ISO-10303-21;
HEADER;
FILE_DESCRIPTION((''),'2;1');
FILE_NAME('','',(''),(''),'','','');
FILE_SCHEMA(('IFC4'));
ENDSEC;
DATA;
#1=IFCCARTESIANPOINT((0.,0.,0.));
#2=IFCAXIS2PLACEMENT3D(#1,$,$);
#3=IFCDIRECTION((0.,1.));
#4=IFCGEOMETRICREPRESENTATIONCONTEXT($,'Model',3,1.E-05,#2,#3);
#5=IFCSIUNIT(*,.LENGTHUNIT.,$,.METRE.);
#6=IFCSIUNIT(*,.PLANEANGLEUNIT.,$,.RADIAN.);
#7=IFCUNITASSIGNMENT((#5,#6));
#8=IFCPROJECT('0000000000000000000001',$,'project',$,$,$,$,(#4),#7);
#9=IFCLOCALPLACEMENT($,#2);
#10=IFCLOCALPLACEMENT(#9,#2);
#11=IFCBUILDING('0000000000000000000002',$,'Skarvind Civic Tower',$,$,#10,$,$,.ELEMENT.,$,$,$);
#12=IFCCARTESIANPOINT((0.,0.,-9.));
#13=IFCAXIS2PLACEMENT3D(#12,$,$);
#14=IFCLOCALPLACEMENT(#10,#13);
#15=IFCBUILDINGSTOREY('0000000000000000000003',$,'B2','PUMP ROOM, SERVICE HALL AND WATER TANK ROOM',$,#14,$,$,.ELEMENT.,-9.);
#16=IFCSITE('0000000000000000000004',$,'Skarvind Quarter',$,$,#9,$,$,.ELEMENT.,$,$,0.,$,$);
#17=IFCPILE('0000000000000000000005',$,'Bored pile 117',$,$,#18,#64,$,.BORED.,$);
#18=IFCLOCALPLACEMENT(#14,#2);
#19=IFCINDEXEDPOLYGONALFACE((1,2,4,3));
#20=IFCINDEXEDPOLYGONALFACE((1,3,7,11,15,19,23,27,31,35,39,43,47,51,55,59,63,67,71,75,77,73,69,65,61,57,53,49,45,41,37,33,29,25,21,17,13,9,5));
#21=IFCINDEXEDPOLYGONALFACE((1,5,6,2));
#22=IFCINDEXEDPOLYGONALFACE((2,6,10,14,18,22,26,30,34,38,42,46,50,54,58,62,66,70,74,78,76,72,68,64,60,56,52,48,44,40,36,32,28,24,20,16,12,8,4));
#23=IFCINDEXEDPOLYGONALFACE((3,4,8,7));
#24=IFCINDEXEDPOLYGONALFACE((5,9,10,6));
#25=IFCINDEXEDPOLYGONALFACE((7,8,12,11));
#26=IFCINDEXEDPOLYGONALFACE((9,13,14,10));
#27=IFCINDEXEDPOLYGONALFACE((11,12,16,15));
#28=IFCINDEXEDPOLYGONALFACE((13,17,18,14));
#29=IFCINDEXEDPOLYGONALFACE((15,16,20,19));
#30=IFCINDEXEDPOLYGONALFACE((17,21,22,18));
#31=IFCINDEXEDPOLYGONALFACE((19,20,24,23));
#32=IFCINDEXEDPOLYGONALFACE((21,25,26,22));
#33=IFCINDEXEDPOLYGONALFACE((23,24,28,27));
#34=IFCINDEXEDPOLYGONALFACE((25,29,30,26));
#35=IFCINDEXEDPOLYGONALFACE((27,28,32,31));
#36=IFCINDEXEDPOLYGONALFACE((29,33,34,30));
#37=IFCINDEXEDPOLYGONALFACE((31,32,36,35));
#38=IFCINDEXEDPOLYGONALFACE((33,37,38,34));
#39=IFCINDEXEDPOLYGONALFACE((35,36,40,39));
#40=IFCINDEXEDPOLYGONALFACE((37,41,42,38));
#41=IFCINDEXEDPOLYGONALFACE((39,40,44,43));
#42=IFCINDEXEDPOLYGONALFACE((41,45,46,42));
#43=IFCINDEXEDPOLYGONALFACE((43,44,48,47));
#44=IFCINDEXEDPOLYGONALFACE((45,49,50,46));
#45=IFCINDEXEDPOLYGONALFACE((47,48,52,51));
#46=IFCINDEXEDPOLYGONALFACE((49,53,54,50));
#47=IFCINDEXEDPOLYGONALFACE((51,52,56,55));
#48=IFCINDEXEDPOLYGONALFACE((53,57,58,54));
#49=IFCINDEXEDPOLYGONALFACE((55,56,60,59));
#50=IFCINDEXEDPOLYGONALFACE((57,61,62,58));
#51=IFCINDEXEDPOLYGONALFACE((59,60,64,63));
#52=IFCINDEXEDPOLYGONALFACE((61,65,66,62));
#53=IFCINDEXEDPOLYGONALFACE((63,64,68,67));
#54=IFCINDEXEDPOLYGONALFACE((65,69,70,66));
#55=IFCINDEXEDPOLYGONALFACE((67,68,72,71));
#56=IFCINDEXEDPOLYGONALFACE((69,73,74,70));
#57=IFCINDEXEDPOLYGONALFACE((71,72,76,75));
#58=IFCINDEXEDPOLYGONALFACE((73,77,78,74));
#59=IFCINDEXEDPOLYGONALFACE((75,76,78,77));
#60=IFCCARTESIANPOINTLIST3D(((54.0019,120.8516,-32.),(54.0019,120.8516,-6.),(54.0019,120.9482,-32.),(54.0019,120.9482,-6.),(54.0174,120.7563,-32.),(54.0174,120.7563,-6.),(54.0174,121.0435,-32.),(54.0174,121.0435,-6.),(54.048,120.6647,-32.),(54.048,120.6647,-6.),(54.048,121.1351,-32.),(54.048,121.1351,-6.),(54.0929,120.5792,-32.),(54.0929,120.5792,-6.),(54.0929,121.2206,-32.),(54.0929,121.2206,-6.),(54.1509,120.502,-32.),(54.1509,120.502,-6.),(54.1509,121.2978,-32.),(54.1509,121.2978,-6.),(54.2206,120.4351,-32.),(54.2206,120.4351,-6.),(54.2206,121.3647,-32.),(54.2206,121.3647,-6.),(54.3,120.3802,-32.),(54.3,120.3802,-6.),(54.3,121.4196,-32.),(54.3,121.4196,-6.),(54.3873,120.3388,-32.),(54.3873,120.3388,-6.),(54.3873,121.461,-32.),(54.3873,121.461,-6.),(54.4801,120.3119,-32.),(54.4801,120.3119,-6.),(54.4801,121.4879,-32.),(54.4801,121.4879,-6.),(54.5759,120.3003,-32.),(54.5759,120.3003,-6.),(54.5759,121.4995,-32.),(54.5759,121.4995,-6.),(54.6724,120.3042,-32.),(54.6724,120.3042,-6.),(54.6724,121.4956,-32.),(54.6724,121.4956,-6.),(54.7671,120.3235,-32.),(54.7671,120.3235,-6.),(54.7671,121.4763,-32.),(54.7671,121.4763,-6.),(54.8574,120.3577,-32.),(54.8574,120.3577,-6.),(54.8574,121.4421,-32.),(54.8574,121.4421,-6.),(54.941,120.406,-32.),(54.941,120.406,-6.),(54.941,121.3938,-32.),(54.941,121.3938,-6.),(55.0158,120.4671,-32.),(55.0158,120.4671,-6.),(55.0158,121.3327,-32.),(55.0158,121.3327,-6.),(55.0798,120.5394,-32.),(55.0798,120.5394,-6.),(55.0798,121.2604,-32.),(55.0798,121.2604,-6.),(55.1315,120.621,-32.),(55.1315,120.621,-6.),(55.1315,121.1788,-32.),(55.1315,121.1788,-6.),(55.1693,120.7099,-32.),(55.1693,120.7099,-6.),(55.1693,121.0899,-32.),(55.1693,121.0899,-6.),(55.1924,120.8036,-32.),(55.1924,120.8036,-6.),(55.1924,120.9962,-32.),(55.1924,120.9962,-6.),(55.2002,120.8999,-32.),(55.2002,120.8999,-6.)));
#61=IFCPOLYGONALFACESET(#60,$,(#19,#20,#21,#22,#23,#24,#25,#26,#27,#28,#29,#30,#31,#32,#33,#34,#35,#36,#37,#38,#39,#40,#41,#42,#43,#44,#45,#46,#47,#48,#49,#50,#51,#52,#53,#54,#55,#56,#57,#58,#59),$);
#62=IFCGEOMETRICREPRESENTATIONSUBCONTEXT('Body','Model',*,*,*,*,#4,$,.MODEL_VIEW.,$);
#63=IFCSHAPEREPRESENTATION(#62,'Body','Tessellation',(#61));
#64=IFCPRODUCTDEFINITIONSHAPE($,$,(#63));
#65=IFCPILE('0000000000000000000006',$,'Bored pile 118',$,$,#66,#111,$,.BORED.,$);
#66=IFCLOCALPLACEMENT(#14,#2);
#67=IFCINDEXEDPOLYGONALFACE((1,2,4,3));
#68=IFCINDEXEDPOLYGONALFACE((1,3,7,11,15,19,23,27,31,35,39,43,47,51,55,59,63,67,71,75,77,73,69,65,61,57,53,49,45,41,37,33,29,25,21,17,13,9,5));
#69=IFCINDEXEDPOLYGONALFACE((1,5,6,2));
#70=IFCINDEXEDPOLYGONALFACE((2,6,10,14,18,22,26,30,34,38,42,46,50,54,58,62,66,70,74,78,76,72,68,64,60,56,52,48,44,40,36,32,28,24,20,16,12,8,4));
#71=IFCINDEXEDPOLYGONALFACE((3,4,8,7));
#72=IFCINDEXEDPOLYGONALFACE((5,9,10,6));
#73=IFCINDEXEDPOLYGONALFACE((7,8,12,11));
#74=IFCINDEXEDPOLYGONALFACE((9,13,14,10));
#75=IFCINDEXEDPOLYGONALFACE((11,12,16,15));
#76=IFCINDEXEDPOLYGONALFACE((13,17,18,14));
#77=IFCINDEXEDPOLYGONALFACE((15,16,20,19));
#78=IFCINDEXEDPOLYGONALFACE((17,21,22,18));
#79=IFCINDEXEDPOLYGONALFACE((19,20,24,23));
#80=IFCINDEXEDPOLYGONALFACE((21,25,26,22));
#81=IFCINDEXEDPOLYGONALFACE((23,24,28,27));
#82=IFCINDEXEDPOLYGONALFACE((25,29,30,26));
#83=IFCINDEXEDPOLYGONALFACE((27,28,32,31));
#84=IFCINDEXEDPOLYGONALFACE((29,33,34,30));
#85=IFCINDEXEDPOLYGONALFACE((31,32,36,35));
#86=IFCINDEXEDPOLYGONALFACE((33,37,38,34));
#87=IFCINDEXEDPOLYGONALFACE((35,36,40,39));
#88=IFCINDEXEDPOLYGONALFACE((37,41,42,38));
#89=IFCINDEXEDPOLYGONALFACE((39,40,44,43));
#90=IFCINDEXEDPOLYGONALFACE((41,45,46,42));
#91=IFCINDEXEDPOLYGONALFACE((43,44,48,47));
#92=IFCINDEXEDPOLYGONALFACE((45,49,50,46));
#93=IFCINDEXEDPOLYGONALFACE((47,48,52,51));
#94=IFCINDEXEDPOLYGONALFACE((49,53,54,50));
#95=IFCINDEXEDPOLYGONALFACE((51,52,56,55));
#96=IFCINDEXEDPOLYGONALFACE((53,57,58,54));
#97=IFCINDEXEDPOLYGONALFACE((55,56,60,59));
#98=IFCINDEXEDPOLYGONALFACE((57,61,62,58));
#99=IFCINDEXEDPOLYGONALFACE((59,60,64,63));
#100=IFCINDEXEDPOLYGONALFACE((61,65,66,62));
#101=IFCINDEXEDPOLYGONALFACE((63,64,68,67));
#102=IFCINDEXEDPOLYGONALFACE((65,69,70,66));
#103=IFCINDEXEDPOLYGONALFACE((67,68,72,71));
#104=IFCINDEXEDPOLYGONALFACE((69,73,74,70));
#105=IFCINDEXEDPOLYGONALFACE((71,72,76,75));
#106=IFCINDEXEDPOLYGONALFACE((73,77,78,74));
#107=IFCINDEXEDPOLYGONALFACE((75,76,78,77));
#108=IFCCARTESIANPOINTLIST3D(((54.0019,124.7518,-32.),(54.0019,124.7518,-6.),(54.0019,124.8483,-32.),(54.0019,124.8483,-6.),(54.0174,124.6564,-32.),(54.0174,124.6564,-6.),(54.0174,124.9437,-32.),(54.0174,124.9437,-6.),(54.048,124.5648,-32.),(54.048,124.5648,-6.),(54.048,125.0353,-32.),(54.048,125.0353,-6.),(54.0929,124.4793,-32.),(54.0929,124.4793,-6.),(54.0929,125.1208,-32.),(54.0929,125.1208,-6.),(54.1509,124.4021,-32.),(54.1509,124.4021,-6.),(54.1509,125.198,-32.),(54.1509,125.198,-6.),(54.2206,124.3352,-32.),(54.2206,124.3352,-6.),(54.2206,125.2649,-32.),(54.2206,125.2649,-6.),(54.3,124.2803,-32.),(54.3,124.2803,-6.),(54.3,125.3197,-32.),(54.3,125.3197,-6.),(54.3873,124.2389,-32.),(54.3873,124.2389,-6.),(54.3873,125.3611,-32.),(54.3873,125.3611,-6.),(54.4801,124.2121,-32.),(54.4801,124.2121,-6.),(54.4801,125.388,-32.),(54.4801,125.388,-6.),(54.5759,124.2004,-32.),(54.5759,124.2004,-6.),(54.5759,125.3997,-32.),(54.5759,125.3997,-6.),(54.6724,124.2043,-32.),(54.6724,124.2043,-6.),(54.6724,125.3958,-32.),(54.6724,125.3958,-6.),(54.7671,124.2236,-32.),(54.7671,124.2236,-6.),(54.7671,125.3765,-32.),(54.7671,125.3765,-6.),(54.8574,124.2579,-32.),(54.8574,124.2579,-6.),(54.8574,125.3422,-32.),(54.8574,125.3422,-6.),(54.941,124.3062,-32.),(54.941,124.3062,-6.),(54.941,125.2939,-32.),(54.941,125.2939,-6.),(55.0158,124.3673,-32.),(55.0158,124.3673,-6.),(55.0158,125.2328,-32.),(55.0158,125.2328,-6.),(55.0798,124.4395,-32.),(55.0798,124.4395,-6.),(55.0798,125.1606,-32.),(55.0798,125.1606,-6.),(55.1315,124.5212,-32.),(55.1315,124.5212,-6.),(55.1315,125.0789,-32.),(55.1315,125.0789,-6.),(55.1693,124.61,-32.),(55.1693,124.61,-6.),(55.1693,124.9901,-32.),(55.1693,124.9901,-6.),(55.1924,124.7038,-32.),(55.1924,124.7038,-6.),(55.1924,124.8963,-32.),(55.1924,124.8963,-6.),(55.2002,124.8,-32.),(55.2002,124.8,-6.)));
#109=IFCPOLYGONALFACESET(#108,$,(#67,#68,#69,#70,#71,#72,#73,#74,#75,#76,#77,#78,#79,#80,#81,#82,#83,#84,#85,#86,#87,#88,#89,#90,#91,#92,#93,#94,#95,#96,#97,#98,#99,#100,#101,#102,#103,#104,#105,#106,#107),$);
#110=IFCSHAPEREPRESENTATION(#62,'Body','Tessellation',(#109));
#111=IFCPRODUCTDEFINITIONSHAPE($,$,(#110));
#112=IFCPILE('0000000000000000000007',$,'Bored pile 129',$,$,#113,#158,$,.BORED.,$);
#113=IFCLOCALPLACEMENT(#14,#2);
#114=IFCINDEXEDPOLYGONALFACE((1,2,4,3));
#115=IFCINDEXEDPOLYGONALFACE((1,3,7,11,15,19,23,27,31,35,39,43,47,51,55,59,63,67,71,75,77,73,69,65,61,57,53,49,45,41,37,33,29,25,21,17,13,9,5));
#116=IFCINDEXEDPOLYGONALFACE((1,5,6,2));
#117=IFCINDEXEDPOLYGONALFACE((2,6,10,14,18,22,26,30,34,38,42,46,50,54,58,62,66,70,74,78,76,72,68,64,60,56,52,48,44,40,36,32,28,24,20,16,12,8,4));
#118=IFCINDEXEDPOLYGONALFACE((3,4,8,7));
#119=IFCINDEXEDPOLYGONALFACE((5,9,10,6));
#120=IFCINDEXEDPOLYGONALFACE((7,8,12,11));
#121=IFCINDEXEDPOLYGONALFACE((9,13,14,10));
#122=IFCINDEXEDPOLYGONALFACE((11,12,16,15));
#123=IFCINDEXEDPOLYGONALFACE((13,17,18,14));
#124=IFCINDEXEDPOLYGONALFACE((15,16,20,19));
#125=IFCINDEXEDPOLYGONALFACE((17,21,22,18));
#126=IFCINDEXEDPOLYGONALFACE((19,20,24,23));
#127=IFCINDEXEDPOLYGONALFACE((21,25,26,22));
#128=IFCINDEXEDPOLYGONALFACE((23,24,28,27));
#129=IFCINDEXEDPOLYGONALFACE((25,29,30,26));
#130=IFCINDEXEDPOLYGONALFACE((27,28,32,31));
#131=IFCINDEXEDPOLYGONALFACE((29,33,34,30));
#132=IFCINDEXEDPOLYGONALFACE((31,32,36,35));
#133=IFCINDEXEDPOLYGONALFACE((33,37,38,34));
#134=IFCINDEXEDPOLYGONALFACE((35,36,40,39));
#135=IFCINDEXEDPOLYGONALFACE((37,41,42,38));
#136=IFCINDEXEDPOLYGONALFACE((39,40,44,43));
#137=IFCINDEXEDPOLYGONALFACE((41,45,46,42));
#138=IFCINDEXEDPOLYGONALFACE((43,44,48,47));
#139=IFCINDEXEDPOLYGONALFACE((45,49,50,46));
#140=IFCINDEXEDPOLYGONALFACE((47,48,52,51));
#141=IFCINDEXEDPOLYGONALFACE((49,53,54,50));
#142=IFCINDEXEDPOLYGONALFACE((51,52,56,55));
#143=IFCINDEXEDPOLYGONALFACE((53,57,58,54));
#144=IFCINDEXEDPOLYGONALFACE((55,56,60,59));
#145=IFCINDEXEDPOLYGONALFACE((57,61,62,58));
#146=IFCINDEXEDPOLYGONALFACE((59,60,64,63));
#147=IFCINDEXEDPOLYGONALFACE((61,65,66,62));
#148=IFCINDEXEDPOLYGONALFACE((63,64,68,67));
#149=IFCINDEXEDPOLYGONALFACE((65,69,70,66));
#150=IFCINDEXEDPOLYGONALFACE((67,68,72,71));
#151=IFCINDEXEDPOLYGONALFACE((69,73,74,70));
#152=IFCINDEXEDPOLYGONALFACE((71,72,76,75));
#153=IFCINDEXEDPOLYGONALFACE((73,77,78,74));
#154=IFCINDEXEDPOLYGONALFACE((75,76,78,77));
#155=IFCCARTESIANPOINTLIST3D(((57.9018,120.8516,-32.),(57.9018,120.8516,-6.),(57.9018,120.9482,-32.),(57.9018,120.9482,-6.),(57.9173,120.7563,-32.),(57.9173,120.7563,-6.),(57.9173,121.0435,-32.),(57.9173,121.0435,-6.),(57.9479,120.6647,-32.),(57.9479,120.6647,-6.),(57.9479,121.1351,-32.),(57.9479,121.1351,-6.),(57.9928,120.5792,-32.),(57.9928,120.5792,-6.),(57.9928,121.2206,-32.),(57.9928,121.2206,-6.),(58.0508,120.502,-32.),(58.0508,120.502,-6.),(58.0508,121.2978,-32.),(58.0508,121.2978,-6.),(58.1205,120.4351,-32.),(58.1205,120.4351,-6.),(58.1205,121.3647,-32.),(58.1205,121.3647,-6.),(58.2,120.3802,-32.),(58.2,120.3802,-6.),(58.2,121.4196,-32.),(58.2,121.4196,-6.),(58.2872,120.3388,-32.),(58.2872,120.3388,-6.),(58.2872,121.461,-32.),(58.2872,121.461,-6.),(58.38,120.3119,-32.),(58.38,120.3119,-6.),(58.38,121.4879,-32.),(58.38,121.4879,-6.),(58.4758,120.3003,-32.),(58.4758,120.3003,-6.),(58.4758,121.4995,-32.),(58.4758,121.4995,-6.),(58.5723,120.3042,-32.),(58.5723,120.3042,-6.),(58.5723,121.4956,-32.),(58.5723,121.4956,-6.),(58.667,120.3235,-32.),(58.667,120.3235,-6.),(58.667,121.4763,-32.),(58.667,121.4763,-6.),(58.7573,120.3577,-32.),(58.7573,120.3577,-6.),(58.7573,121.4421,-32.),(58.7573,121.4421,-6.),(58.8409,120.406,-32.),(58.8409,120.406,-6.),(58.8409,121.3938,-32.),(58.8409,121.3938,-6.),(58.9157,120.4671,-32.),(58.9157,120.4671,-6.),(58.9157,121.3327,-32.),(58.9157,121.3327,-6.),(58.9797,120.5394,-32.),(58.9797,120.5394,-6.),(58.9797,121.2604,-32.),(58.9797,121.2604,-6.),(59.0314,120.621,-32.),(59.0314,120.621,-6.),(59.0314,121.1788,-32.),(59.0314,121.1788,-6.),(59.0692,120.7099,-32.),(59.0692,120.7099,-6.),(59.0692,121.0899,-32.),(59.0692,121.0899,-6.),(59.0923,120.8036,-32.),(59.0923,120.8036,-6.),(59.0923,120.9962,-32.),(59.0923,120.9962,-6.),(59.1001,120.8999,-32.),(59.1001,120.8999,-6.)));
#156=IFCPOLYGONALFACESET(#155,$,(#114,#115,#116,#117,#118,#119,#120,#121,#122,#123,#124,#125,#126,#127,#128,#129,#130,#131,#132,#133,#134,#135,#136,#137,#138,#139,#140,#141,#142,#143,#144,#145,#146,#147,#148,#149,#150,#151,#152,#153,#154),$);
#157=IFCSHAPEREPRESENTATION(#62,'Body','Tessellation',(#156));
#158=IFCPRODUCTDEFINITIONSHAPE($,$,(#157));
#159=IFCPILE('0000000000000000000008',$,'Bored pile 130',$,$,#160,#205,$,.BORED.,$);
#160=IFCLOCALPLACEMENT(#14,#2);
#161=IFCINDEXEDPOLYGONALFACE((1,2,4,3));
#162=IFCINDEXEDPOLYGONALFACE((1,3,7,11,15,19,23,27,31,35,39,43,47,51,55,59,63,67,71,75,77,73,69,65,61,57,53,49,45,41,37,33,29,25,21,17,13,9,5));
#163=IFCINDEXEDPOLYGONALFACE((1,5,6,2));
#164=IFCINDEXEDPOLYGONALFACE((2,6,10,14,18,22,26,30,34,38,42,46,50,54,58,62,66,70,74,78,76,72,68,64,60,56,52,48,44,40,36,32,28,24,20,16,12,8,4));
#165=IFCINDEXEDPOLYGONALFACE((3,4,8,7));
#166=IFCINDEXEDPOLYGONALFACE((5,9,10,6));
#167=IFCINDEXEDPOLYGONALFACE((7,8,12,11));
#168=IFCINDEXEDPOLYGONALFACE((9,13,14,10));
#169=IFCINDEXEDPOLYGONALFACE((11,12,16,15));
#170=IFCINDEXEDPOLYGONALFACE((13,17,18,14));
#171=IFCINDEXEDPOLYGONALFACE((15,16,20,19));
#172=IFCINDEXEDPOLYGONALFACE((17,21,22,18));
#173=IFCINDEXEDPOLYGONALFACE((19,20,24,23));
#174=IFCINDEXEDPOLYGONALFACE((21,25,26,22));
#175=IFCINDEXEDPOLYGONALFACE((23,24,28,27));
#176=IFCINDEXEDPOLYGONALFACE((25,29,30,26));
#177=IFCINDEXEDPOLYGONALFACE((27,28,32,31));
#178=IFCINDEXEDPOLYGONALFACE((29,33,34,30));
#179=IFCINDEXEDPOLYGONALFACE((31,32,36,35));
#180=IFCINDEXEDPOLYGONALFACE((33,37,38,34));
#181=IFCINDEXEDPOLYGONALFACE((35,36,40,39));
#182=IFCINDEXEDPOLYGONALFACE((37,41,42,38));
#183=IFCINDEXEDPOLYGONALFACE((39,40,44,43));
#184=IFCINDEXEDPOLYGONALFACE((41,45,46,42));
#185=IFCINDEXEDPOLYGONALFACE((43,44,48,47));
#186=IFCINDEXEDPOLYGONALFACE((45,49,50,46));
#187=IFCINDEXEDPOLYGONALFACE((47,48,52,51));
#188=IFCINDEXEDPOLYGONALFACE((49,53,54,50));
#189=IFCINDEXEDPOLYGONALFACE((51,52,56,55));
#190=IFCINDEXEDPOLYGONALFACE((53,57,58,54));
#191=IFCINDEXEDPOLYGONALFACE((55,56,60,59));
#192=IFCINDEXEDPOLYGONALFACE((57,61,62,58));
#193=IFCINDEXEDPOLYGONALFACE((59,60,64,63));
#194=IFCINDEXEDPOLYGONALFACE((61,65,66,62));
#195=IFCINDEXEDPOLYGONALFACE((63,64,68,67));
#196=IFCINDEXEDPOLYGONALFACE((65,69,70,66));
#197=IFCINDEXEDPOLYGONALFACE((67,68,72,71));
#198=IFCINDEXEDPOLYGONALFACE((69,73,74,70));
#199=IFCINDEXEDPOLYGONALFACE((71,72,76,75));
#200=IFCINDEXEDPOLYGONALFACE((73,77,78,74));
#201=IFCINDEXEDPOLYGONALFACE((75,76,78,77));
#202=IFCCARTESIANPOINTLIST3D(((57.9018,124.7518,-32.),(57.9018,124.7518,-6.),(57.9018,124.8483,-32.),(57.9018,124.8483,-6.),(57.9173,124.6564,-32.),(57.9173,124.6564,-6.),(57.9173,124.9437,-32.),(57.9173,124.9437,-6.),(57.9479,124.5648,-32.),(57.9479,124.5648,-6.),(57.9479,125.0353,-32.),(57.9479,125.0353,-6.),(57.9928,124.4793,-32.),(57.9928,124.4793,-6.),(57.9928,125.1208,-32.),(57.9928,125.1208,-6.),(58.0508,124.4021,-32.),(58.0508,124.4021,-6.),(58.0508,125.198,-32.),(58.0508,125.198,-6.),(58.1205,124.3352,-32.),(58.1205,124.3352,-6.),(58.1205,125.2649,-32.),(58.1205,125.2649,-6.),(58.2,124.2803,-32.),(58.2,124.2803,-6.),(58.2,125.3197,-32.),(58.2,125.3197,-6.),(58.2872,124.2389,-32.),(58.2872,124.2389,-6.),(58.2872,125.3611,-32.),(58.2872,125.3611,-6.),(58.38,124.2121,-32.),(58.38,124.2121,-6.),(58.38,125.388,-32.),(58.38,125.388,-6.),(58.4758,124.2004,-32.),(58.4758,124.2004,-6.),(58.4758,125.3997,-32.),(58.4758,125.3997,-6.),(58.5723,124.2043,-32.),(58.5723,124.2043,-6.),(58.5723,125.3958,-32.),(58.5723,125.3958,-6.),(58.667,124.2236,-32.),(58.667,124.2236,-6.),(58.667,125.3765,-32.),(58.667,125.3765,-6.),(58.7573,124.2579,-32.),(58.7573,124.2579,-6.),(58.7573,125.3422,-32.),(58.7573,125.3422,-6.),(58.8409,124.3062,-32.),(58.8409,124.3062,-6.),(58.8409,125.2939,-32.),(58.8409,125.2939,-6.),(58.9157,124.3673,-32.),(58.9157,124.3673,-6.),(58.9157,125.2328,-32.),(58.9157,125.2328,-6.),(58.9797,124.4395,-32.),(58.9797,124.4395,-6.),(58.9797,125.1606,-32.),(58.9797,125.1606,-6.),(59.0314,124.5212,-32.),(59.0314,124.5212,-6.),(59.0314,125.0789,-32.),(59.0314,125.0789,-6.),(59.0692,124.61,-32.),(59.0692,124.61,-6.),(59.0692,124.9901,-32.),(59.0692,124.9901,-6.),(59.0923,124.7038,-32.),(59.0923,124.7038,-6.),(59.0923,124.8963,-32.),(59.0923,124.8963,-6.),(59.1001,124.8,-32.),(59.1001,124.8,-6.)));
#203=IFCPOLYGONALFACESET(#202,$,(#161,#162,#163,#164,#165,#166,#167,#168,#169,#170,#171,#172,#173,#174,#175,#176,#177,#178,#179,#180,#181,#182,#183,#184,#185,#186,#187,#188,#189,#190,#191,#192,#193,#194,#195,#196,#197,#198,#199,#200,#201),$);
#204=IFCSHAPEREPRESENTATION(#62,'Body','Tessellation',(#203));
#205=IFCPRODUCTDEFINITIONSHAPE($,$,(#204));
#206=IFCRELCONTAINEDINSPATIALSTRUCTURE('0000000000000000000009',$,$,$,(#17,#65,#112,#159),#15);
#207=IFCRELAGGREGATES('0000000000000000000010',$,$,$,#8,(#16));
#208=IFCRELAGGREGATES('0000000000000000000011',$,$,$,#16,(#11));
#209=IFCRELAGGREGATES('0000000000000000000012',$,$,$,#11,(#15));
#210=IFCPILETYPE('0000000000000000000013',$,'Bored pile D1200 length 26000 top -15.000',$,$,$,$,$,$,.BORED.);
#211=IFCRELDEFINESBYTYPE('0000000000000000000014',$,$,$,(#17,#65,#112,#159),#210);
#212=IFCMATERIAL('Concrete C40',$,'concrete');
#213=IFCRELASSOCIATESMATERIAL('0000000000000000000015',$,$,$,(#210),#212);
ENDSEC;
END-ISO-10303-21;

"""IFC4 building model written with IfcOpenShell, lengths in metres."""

from ifc_helpers import new_model, si_unit, direction, frame, origin, origin_2d, place, context, subcontext, project, spatial, circle, extrude, material, type_object, element, save


model = new_model("IFC4")

# Units and contexts
model_context = context("Model", 3, precision=1e-05, world=origin(), true_north=direction((0.0, 1.0)))
body_context = subcontext(model_context, "Body", "Model", "MODEL_VIEW")
ifc_project = project(units=[si_unit("LENGTHUNIT", "METRE"), si_unit("PLANEANGLEUNIT", "RADIAN")], contexts=[model_context])

# Site, building, storey
site_placement = place(None, origin())
site = spatial("IfcSite", under=ifc_project, at=site_placement, Name="Skarvind Quarter", CompositionType="ELEMENT", RefElevation=0.0)
building_placement = place(site_placement, origin())
building = spatial("IfcBuilding", under=site, at=building_placement, Name="Skarvind Civic Tower", CompositionType="ELEMENT")
storey_placement = place(building_placement, frame((0.0, 0.0, -9.0)))
storey = spatial("IfcBuildingStorey", under=building, at=storey_placement, Name="B2", Description="PUMP ROOM, SERVICE HALL AND WATER TANK ROOM", CompositionType="ELEMENT", Elevation=-9.0)

# Piles
ifc_material_1 = material(Name="Concrete C40", Category="concrete")
pile_type_1 = type_object("IfcPileType", Name="Bored pile D1200 length 26000 top -15.000", PredefinedType="BORED", material=ifc_material_1)
for number, where, z_axis, x_axis, name in (
    (1, (54.6001, 120.8999, -6.0), (0.0, 0.0, -1.0), (1.0, 0.0, 0.0), "Bored pile 117"),
    (2, (54.6001, 124.8, -6.0), (0.0, 0.0, -1.0), (1.0, 0.0, 0.0), "Bored pile 118"),
    (3, (58.5, 120.8999, -6.0), (0.0, 0.0, -1.0), (1.0, 0.0, 0.0), "Bored pile 129"),
    (4, (58.5, 124.8, -6.0), (0.0, 0.0, -1.0), (1.0, 0.0, 0.0), "Bored pile 130"),
):
    element("IfcPile", number, at=place(storey_placement, frame(where, z_axis=z_axis, x_axis=x_axis)), inside=storey, type_object=pile_type_1, Name=name, PredefinedType="BORED", context=body_context, shape_type="SweptSolid", body=[
        extrude(circle(Radius=0.6001, at=origin_2d()), origin(), (0.0, 0.0, 1.0), 26.0),
    ])

save(model, "model.ifc")
